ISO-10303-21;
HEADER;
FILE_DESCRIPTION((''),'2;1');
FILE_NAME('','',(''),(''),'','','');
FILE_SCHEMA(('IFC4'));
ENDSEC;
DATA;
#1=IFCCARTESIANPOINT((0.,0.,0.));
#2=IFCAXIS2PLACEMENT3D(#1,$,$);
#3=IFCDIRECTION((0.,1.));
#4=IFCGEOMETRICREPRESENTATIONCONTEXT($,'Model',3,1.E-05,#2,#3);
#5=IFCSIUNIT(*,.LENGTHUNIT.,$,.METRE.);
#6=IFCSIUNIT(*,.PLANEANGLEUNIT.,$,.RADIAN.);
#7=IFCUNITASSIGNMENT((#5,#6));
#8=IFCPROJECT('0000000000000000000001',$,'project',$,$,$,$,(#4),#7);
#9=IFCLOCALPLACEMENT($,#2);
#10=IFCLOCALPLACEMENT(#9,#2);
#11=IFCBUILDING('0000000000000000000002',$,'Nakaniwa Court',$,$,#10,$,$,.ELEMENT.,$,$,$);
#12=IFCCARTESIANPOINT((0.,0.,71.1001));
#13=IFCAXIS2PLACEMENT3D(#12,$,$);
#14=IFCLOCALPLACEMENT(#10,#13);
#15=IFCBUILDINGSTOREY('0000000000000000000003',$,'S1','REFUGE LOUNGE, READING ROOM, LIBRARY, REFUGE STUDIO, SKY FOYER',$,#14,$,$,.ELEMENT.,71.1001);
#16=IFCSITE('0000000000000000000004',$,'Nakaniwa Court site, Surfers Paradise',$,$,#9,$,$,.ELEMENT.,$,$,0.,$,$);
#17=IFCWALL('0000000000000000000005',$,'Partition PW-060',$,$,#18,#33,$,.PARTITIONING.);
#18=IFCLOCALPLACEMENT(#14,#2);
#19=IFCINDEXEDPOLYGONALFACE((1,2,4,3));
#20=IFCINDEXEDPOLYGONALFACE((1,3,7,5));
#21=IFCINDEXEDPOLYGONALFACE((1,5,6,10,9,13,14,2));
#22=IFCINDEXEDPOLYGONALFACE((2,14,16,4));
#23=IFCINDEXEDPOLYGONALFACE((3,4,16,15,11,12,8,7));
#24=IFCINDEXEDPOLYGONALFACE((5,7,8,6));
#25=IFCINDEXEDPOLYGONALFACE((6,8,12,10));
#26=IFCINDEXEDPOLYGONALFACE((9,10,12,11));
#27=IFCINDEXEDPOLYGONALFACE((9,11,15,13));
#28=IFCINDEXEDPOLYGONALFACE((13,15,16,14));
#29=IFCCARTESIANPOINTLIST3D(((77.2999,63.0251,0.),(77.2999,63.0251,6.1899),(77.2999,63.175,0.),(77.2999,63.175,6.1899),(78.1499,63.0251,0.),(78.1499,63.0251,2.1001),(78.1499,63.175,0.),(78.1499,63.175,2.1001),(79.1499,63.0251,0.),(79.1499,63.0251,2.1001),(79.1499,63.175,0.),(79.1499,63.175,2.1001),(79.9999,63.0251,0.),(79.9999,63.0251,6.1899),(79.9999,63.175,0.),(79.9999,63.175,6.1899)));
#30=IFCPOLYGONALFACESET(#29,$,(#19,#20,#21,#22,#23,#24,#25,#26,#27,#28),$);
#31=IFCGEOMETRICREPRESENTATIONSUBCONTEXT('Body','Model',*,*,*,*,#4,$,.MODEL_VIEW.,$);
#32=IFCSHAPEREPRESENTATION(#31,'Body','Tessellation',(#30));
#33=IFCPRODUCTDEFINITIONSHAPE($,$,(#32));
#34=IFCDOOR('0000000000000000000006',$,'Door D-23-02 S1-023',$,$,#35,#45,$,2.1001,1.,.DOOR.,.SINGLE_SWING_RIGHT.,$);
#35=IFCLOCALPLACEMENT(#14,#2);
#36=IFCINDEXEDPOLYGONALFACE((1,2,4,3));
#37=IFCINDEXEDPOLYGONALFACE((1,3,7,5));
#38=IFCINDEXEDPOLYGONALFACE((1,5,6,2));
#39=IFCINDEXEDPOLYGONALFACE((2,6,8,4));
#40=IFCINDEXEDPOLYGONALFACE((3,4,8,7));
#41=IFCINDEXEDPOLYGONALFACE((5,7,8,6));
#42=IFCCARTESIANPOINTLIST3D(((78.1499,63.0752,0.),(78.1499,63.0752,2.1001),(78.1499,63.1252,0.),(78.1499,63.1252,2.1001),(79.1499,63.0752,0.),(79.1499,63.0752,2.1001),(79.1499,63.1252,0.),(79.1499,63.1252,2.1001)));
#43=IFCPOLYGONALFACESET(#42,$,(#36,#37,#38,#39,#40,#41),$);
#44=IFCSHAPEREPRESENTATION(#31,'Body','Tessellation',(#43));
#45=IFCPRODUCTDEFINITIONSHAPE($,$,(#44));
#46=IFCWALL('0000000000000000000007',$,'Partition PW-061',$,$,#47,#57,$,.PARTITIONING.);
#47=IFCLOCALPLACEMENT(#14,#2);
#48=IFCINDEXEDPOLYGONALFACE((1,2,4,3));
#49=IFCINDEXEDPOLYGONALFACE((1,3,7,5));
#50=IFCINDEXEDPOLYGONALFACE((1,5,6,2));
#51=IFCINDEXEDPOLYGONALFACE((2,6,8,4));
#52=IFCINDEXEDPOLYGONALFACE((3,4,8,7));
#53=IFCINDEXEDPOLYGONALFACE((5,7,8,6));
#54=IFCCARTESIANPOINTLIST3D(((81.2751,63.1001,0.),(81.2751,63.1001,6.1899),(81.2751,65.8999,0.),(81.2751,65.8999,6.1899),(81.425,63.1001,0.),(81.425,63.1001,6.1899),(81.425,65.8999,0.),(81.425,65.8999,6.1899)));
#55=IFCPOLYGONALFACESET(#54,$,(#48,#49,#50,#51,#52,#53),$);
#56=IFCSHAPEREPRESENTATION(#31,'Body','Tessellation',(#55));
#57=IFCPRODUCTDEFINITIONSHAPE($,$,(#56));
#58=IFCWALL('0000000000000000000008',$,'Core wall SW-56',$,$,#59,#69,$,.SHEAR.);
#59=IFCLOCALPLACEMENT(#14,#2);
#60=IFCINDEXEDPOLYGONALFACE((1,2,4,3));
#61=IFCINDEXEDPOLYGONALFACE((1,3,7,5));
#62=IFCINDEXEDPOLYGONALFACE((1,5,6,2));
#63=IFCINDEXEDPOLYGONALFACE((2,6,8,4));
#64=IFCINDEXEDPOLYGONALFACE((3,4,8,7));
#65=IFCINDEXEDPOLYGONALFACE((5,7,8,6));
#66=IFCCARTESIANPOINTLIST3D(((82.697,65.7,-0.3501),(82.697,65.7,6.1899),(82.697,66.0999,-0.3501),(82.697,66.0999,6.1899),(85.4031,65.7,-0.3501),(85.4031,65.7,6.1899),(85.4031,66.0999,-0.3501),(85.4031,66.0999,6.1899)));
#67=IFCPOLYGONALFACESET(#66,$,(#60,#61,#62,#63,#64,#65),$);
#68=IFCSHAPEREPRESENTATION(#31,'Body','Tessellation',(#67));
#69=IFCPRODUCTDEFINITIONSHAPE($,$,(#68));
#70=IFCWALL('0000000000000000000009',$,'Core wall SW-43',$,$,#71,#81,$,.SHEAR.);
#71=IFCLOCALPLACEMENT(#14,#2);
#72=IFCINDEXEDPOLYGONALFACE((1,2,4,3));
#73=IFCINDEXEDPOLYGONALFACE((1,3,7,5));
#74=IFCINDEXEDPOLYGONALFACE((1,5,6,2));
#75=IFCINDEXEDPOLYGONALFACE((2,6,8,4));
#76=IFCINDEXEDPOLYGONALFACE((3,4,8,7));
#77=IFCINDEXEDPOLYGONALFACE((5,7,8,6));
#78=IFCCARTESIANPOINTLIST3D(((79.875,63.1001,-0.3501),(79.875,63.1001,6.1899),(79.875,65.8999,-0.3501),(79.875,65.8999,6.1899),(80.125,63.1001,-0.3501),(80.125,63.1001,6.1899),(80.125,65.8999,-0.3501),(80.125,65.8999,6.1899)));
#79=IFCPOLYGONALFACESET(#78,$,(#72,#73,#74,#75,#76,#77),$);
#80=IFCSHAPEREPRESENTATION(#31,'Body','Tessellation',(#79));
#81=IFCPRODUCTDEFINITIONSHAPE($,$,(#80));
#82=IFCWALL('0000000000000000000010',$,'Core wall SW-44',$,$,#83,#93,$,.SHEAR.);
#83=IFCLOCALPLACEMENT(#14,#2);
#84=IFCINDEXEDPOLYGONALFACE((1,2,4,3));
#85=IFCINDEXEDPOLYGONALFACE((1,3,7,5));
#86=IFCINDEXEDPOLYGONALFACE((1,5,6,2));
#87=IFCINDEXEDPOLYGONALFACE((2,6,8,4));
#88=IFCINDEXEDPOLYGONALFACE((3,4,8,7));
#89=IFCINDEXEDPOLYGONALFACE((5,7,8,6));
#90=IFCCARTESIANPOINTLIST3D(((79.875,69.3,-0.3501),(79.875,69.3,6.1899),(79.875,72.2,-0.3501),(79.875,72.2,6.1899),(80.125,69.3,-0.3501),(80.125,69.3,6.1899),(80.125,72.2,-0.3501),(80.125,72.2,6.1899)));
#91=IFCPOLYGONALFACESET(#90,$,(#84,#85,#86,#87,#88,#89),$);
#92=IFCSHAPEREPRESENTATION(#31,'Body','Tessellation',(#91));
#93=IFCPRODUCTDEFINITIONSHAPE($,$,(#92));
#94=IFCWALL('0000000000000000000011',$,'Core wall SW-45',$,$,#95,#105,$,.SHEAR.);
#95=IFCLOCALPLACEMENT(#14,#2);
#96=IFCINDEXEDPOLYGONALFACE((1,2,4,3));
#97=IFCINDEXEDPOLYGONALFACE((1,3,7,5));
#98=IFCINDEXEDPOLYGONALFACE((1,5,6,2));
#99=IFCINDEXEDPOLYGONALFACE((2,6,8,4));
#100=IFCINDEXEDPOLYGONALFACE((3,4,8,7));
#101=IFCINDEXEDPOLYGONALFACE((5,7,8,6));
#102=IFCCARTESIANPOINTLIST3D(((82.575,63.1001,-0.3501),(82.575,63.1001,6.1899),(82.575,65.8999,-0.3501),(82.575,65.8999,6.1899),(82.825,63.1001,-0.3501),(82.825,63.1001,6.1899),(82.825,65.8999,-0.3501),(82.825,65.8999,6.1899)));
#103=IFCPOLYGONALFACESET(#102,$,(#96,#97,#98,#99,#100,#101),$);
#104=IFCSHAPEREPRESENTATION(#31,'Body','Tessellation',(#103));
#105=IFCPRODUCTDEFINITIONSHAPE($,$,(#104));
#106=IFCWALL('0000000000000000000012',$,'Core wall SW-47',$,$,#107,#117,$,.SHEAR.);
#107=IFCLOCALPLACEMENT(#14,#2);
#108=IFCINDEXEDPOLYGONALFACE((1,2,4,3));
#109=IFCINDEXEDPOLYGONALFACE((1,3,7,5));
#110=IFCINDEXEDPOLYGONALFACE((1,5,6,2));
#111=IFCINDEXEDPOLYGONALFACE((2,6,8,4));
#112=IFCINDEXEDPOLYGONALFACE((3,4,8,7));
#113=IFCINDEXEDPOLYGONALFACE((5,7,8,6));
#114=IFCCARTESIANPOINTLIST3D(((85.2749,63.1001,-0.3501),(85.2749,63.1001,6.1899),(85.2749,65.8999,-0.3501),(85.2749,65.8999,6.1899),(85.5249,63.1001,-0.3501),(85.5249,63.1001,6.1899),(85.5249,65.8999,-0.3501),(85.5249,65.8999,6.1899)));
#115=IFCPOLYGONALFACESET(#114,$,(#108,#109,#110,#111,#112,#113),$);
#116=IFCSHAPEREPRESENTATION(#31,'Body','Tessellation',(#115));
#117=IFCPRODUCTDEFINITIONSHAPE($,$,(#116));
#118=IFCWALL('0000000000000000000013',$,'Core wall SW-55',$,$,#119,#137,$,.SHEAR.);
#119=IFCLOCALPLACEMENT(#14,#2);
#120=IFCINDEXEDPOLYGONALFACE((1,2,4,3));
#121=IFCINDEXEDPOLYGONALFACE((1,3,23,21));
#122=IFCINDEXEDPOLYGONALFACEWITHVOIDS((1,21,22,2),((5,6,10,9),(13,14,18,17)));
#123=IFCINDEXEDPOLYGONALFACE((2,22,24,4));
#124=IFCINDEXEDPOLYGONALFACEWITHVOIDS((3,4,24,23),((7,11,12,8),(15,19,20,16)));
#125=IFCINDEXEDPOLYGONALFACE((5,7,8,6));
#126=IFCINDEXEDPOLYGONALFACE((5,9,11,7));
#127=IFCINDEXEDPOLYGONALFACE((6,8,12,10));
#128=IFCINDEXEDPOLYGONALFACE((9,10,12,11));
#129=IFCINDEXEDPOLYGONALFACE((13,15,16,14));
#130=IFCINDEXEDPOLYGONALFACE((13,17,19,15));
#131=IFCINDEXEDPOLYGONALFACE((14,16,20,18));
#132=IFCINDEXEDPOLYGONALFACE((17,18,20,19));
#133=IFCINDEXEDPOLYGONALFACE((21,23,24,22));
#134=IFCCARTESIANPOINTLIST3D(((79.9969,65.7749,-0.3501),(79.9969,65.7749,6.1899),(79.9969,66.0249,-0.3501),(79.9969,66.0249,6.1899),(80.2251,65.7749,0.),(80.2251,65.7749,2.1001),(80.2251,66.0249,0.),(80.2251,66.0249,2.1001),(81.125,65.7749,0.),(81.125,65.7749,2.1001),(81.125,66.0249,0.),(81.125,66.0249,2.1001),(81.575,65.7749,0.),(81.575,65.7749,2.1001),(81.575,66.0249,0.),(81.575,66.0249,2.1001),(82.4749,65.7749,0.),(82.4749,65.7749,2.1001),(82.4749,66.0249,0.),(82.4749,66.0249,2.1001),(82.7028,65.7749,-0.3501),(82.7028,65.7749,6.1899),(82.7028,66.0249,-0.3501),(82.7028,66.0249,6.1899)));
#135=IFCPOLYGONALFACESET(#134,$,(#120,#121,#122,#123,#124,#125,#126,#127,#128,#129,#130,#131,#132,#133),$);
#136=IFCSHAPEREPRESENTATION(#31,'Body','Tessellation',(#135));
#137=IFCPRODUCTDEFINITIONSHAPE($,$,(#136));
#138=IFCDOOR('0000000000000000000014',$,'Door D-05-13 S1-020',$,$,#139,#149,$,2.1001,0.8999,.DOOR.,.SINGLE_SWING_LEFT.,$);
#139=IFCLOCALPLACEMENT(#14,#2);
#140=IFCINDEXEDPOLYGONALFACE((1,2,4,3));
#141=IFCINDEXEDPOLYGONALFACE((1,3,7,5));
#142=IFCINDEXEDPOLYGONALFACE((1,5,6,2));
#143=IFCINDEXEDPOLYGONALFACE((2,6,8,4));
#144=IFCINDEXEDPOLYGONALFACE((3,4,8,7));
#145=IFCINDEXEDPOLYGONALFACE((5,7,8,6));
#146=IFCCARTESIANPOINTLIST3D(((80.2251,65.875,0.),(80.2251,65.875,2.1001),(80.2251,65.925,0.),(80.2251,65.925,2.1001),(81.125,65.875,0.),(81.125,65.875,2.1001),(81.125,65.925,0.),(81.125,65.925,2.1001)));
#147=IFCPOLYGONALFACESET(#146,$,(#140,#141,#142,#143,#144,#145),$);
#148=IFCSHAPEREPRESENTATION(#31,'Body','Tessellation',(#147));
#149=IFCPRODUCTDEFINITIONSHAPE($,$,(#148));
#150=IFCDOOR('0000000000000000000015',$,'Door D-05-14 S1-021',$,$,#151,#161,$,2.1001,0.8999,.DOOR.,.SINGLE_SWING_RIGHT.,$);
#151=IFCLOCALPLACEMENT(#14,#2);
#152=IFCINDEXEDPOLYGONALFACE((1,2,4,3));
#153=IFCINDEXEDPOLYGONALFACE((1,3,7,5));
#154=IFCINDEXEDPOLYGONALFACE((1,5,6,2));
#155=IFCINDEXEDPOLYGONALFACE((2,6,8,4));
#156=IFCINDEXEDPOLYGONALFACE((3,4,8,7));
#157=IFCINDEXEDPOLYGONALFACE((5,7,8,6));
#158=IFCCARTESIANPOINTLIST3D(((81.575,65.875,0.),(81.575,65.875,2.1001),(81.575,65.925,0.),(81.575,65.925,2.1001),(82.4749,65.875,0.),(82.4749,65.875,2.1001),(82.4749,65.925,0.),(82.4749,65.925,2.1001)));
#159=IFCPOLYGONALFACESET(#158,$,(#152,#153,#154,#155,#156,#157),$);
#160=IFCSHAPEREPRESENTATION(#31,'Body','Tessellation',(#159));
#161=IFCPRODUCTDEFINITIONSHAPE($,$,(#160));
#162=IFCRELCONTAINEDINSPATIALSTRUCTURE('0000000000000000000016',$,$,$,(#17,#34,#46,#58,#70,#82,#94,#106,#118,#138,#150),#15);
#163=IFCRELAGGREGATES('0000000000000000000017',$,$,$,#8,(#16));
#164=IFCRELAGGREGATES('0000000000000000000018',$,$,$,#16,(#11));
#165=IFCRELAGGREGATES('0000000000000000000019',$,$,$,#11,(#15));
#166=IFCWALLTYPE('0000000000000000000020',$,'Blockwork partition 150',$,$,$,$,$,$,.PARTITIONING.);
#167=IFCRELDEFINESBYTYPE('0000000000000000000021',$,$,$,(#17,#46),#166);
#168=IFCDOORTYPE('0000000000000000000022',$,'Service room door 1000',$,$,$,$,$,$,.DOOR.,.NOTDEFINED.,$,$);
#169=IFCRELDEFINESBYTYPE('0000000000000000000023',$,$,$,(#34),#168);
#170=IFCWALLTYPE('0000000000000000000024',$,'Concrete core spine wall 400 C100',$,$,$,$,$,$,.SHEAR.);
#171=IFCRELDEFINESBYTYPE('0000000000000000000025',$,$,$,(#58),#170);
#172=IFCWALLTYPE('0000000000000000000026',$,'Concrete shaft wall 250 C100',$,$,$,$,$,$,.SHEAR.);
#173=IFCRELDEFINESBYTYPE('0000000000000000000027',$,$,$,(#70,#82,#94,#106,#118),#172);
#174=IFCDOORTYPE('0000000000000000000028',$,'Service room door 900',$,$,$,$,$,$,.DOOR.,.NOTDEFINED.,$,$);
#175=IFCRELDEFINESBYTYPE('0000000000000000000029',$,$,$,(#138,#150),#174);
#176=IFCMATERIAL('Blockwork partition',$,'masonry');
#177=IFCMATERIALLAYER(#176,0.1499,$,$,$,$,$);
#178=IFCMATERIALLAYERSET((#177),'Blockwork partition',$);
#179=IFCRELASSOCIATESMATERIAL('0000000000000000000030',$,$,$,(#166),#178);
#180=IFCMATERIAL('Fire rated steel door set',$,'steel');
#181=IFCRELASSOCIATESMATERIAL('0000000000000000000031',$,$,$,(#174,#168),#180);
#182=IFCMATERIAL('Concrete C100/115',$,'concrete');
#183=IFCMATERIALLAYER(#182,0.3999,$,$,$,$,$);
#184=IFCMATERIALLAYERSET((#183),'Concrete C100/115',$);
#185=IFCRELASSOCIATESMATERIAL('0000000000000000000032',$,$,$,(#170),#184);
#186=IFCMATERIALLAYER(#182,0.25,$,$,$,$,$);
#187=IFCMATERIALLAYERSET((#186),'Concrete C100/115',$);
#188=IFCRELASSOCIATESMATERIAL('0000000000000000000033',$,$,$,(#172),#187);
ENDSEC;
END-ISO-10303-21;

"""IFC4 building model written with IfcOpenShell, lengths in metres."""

from ifc_helpers import new_model, si_unit, direction, frame, frame_2d, origin, place, context, subcontext, project, spatial, rectangle, extrude, material, layer, layer_set, type_object, element, fill, save


model = new_model("IFC4")

# Units and contexts
model_context = context("Model", 3, precision=1e-05, world=origin(), true_north=direction((0.0, 1.0)))
body_context = subcontext(model_context, "Body", "Model", "MODEL_VIEW")
ifc_project = project(units=[si_unit("LENGTHUNIT", "METRE"), si_unit("PLANEANGLEUNIT", "RADIAN")], contexts=[model_context])

# Site, building, storey
site_placement = place(None, origin())
site = spatial("IfcSite", under=ifc_project, at=site_placement, Name="Nakaniwa Court site, Surfers Paradise", CompositionType="ELEMENT", RefElevation=0.0)
building_placement = place(site_placement, origin())
building = spatial("IfcBuilding", under=site, at=building_placement, Name="Nakaniwa Court", CompositionType="ELEMENT")
storey_placement = place(building_placement, frame((0.0, 0.0, 71.1001)))
storey = spatial("IfcBuildingStorey", under=building, at=storey_placement, Name="S1", Description="REFUGE LOUNGE, READING ROOM, LIBRARY, REFUGE STUDIO, SKY FOYER", CompositionType="ELEMENT", Elevation=71.1001)

# Shared definitions
ifc_material_1 = material(Name="Fire rated steel door set", Category="steel")

# Wall, opening, door
ifc_material_2 = material(Name="Blockwork partition", Category="masonry")
ifc_layer_1 = layer(ifc_material_2, 0.1499)
ifc_layer_set_1 = layer_set([ifc_layer_1], Name="Blockwork partition")
wall_type_1 = type_object("IfcWallType", Name="Blockwork partition 150", PredefinedType="PARTITIONING", material=ifc_layer_set_1)
door_type_1 = type_object("IfcDoorType", Name="Service room door 900", OperationType="NOTDEFINED", PredefinedType="DOOR", material=ifc_material_1)
wall_1_placement = place(storey_placement, frame((80.0, 63.1001, 0.0), z_axis=(0.0, 0.0, 1.0), x_axis=(-1.0, 0.0, 0.0)))
wall_1 = element("IfcWall", 1, at=wall_1_placement, inside=storey, type_object=wall_type_1, Name="Partition PW-060", PredefinedType="PARTITIONING", context=body_context, shape_type="SweptSolid", body=[
    extrude(rectangle(XDim=2.7, YDim=0.1499, at=frame_2d((1.3501, 0.0))), origin(), (0.0, 0.0, 1.0), 6.1899),
])
opening_1_placement = place(wall_1_placement, frame((0.8501, 0.0, 0.0)))
opening_1 = element("IfcOpeningElement", 2, at=opening_1_placement, cuts=wall_1, PredefinedType="OPENING", context=body_context, shape_type="SweptSolid", body=[
    extrude(rectangle(XDim=1.0, YDim=2.1001, at=frame_2d((0.5, 1.05))), frame((0.0, 0.085, 0.0), z_axis=(0.0, -1.0, 0.0), x_axis=(1.0, 0.0, 0.0)), (0.0, 0.0, 1.0), 0.1699),
])
door_type_2 = type_object("IfcDoorType", Name="Service room door 1000", OperationType="NOTDEFINED", PredefinedType="DOOR", material=ifc_material_1)
door_1_placement = place(opening_1_placement, origin())
door_1 = element("IfcDoor", 3, at=door_1_placement, inside=storey, type_object=door_type_2, Name="Door D-23-02 S1-023", OperationType="SINGLE_SWING_RIGHT", OverallHeight=2.1001, OverallWidth=1.0, PredefinedType="DOOR", context=body_context, shape_type="SweptSolid", body=[
    extrude(rectangle(XDim=1.0, YDim=2.1001, at=frame_2d((0.5, 1.05))), frame((0.0, 0.0249, 0.0), z_axis=(0.0, -1.0, 0.0), x_axis=(1.0, 0.0, 0.0)), (0.0, 0.0, 1.0), 0.05),
])
fill(opening_1, door_1)

# Walls
wall_2_placement = place(storey_placement, frame((81.3501, 63.1001, 0.0), z_axis=(0.0, 0.0, 1.0), x_axis=(0.0, 1.0, 0.0)))
element("IfcWall", 4, at=wall_2_placement, inside=storey, type_object=wall_type_1, Name="Partition PW-061", PredefinedType="PARTITIONING", context=body_context, shape_type="SweptSolid", body=[
    extrude(rectangle(XDim=2.7998, YDim=0.1499, at=frame_2d((1.3999, 0.0))), origin(), (0.0, 0.0, 1.0), 6.1899),
])
ifc_material_3 = material(Name="Concrete C100/115", Category="concrete")
ifc_layer_2 = layer(ifc_material_3, 0.3999)
ifc_layer_set_2 = layer_set([ifc_layer_2], Name="Concrete C100/115")
wall_type_2 = type_object("IfcWallType", Name="Concrete core spine wall 400 C100", PredefinedType="SHEAR", material=ifc_layer_set_2)
wall_3_placement = place(storey_placement, frame((82.697, 65.8999, -0.3501), z_axis=(0.0, 0.0, 1.0), x_axis=(1.0, 0.0, 0.0)))
element("IfcWall", 5, at=wall_3_placement, inside=storey, type_object=wall_type_2, Name="Core wall SW-56", PredefinedType="SHEAR", context=body_context, shape_type="SweptSolid", body=[
    extrude(rectangle(XDim=2.7061, YDim=0.3999, at=frame_2d((1.353, 0.0))), origin(), (0.0, 0.0, 1.0), 6.54),
])
ifc_layer_3 = layer(ifc_material_3, 0.25)
ifc_layer_set_3 = layer_set([ifc_layer_3], Name="Concrete C100/115")
wall_type_3 = type_object("IfcWallType", Name="Concrete shaft wall 250 C100", PredefinedType="SHEAR", material=ifc_layer_set_3)
wall_4_placement = place(storey_placement, frame((80.0, 63.1001, -0.3501), z_axis=(0.0, 0.0, 1.0), x_axis=(0.0, 1.0, 0.0)))
element("IfcWall", 6, at=wall_4_placement, inside=storey, type_object=wall_type_3, Name="Core wall SW-43", PredefinedType="SHEAR", context=body_context, shape_type="SweptSolid", body=[
    extrude(rectangle(XDim=2.7998, YDim=0.25, at=frame_2d((1.3999, 0.0))), origin(), (0.0, 0.0, 1.0), 6.54),
])
wall_5_placement = place(storey_placement, frame((80.0, 69.3, -0.3501), z_axis=(0.0, 0.0, 1.0), x_axis=(0.0, 1.0, 0.0)))
element("IfcWall", 7, at=wall_5_placement, inside=storey, type_object=wall_type_3, Name="Core wall SW-44", PredefinedType="SHEAR", context=body_context, shape_type="SweptSolid", body=[
    extrude(rectangle(XDim=2.8999, YDim=0.25, at=frame_2d((1.45, 0.0))), origin(), (0.0, 0.0, 1.0), 6.54),
])
for number, where, z_axis, x_axis, name in (
    (8, (82.7, 63.1001, -0.3501), (0.0, 0.0, 1.0), (0.0, 1.0, 0.0), "Core wall SW-45"),
    (9, (85.3999, 63.1001, -0.3501), (0.0, 0.0, 1.0), (0.0, 1.0, 0.0), "Core wall SW-47"),
):
    element("IfcWall", number, at=place(storey_placement, frame(where, z_axis=z_axis, x_axis=x_axis)), inside=storey, type_object=wall_type_3, Name=name, PredefinedType="SHEAR", context=body_context, shape_type="SweptSolid", body=[
        extrude(rectangle(XDim=2.7998, YDim=0.25, at=frame_2d((1.3999, 0.0))), origin(), (0.0, 0.0, 1.0), 6.54),
    ])

# Wall, openings, doors
wall_6_placement = place(storey_placement, frame((82.7029, 65.8999, -0.3501), z_axis=(0.0, 0.0, 1.0), x_axis=(-1.0, 0.0, 0.0)))
wall_6 = element("IfcWall", 10, at=wall_6_placement, inside=storey, type_object=wall_type_3, Name="Core wall SW-55", PredefinedType="SHEAR", context=body_context, shape_type="SweptSolid", body=[
    extrude(rectangle(XDim=2.7058, YDim=0.25, at=frame_2d((1.353, 0.0))), origin(), (0.0, 0.0, 1.0), 6.54),
])
opening_2_placement = place(wall_6_placement, frame((1.5779, 0.0, 0.3501)))
opening_2 = element("IfcOpeningElement", 11, at=opening_2_placement, cuts=wall_6, PredefinedType="OPENING", context=body_context, shape_type="SweptSolid", body=[
    extrude(rectangle(XDim=0.8999, YDim=2.1001, at=frame_2d((0.45, 1.05))), frame((0.0, 0.135, 0.0), z_axis=(0.0, -1.0, 0.0), x_axis=(1.0, 0.0, 0.0)), (0.0, 0.0, 1.0), 0.27),
])
opening_3_placement = place(wall_6_placement, frame((0.228, 0.0, 0.3501)))
opening_3 = element("IfcOpeningElement", 12, at=opening_3_placement, cuts=wall_6, PredefinedType="OPENING", context=body_context, shape_type="SweptSolid", body=[
    extrude(rectangle(XDim=0.8999, YDim=2.1001, at=frame_2d((0.45, 1.05))), frame((0.0, 0.135, 0.0), z_axis=(0.0, -1.0, 0.0), x_axis=(1.0, 0.0, 0.0)), (0.0, 0.0, 1.0), 0.27),
])
door_2_placement = place(opening_2_placement, origin())
door_2 = element("IfcDoor", 13, at=door_2_placement, inside=storey, type_object=door_type_1, Name="Door D-05-13 S1-020", OperationType="SINGLE_SWING_LEFT", OverallHeight=2.1001, OverallWidth=0.8999, PredefinedType="DOOR", context=body_context, shape_type="SweptSolid", body=[
    extrude(rectangle(XDim=0.8999, YDim=2.1001, at=frame_2d((0.45, 1.05))), frame((0.0, 0.0249, 0.0), z_axis=(0.0, -1.0, 0.0), x_axis=(1.0, 0.0, 0.0)), (0.0, 0.0, 1.0), 0.05),
])
fill(opening_2, door_2)
door_3_placement = place(opening_3_placement, origin())
door_3 = element("IfcDoor", 14, at=door_3_placement, inside=storey, type_object=door_type_1, Name="Door D-05-14 S1-021", OperationType="SINGLE_SWING_RIGHT", OverallHeight=2.1001, OverallWidth=0.8999, PredefinedType="DOOR", context=body_context, shape_type="SweptSolid", body=[
    extrude(rectangle(XDim=0.8999, YDim=2.1001, at=frame_2d((0.45, 1.05))), frame((0.0, 0.0249, 0.0), z_axis=(0.0, -1.0, 0.0), x_axis=(1.0, 0.0, 0.0)), (0.0, 0.0, 1.0), 0.05),
])
fill(opening_3, door_3)

save(model, "model.ifc")
